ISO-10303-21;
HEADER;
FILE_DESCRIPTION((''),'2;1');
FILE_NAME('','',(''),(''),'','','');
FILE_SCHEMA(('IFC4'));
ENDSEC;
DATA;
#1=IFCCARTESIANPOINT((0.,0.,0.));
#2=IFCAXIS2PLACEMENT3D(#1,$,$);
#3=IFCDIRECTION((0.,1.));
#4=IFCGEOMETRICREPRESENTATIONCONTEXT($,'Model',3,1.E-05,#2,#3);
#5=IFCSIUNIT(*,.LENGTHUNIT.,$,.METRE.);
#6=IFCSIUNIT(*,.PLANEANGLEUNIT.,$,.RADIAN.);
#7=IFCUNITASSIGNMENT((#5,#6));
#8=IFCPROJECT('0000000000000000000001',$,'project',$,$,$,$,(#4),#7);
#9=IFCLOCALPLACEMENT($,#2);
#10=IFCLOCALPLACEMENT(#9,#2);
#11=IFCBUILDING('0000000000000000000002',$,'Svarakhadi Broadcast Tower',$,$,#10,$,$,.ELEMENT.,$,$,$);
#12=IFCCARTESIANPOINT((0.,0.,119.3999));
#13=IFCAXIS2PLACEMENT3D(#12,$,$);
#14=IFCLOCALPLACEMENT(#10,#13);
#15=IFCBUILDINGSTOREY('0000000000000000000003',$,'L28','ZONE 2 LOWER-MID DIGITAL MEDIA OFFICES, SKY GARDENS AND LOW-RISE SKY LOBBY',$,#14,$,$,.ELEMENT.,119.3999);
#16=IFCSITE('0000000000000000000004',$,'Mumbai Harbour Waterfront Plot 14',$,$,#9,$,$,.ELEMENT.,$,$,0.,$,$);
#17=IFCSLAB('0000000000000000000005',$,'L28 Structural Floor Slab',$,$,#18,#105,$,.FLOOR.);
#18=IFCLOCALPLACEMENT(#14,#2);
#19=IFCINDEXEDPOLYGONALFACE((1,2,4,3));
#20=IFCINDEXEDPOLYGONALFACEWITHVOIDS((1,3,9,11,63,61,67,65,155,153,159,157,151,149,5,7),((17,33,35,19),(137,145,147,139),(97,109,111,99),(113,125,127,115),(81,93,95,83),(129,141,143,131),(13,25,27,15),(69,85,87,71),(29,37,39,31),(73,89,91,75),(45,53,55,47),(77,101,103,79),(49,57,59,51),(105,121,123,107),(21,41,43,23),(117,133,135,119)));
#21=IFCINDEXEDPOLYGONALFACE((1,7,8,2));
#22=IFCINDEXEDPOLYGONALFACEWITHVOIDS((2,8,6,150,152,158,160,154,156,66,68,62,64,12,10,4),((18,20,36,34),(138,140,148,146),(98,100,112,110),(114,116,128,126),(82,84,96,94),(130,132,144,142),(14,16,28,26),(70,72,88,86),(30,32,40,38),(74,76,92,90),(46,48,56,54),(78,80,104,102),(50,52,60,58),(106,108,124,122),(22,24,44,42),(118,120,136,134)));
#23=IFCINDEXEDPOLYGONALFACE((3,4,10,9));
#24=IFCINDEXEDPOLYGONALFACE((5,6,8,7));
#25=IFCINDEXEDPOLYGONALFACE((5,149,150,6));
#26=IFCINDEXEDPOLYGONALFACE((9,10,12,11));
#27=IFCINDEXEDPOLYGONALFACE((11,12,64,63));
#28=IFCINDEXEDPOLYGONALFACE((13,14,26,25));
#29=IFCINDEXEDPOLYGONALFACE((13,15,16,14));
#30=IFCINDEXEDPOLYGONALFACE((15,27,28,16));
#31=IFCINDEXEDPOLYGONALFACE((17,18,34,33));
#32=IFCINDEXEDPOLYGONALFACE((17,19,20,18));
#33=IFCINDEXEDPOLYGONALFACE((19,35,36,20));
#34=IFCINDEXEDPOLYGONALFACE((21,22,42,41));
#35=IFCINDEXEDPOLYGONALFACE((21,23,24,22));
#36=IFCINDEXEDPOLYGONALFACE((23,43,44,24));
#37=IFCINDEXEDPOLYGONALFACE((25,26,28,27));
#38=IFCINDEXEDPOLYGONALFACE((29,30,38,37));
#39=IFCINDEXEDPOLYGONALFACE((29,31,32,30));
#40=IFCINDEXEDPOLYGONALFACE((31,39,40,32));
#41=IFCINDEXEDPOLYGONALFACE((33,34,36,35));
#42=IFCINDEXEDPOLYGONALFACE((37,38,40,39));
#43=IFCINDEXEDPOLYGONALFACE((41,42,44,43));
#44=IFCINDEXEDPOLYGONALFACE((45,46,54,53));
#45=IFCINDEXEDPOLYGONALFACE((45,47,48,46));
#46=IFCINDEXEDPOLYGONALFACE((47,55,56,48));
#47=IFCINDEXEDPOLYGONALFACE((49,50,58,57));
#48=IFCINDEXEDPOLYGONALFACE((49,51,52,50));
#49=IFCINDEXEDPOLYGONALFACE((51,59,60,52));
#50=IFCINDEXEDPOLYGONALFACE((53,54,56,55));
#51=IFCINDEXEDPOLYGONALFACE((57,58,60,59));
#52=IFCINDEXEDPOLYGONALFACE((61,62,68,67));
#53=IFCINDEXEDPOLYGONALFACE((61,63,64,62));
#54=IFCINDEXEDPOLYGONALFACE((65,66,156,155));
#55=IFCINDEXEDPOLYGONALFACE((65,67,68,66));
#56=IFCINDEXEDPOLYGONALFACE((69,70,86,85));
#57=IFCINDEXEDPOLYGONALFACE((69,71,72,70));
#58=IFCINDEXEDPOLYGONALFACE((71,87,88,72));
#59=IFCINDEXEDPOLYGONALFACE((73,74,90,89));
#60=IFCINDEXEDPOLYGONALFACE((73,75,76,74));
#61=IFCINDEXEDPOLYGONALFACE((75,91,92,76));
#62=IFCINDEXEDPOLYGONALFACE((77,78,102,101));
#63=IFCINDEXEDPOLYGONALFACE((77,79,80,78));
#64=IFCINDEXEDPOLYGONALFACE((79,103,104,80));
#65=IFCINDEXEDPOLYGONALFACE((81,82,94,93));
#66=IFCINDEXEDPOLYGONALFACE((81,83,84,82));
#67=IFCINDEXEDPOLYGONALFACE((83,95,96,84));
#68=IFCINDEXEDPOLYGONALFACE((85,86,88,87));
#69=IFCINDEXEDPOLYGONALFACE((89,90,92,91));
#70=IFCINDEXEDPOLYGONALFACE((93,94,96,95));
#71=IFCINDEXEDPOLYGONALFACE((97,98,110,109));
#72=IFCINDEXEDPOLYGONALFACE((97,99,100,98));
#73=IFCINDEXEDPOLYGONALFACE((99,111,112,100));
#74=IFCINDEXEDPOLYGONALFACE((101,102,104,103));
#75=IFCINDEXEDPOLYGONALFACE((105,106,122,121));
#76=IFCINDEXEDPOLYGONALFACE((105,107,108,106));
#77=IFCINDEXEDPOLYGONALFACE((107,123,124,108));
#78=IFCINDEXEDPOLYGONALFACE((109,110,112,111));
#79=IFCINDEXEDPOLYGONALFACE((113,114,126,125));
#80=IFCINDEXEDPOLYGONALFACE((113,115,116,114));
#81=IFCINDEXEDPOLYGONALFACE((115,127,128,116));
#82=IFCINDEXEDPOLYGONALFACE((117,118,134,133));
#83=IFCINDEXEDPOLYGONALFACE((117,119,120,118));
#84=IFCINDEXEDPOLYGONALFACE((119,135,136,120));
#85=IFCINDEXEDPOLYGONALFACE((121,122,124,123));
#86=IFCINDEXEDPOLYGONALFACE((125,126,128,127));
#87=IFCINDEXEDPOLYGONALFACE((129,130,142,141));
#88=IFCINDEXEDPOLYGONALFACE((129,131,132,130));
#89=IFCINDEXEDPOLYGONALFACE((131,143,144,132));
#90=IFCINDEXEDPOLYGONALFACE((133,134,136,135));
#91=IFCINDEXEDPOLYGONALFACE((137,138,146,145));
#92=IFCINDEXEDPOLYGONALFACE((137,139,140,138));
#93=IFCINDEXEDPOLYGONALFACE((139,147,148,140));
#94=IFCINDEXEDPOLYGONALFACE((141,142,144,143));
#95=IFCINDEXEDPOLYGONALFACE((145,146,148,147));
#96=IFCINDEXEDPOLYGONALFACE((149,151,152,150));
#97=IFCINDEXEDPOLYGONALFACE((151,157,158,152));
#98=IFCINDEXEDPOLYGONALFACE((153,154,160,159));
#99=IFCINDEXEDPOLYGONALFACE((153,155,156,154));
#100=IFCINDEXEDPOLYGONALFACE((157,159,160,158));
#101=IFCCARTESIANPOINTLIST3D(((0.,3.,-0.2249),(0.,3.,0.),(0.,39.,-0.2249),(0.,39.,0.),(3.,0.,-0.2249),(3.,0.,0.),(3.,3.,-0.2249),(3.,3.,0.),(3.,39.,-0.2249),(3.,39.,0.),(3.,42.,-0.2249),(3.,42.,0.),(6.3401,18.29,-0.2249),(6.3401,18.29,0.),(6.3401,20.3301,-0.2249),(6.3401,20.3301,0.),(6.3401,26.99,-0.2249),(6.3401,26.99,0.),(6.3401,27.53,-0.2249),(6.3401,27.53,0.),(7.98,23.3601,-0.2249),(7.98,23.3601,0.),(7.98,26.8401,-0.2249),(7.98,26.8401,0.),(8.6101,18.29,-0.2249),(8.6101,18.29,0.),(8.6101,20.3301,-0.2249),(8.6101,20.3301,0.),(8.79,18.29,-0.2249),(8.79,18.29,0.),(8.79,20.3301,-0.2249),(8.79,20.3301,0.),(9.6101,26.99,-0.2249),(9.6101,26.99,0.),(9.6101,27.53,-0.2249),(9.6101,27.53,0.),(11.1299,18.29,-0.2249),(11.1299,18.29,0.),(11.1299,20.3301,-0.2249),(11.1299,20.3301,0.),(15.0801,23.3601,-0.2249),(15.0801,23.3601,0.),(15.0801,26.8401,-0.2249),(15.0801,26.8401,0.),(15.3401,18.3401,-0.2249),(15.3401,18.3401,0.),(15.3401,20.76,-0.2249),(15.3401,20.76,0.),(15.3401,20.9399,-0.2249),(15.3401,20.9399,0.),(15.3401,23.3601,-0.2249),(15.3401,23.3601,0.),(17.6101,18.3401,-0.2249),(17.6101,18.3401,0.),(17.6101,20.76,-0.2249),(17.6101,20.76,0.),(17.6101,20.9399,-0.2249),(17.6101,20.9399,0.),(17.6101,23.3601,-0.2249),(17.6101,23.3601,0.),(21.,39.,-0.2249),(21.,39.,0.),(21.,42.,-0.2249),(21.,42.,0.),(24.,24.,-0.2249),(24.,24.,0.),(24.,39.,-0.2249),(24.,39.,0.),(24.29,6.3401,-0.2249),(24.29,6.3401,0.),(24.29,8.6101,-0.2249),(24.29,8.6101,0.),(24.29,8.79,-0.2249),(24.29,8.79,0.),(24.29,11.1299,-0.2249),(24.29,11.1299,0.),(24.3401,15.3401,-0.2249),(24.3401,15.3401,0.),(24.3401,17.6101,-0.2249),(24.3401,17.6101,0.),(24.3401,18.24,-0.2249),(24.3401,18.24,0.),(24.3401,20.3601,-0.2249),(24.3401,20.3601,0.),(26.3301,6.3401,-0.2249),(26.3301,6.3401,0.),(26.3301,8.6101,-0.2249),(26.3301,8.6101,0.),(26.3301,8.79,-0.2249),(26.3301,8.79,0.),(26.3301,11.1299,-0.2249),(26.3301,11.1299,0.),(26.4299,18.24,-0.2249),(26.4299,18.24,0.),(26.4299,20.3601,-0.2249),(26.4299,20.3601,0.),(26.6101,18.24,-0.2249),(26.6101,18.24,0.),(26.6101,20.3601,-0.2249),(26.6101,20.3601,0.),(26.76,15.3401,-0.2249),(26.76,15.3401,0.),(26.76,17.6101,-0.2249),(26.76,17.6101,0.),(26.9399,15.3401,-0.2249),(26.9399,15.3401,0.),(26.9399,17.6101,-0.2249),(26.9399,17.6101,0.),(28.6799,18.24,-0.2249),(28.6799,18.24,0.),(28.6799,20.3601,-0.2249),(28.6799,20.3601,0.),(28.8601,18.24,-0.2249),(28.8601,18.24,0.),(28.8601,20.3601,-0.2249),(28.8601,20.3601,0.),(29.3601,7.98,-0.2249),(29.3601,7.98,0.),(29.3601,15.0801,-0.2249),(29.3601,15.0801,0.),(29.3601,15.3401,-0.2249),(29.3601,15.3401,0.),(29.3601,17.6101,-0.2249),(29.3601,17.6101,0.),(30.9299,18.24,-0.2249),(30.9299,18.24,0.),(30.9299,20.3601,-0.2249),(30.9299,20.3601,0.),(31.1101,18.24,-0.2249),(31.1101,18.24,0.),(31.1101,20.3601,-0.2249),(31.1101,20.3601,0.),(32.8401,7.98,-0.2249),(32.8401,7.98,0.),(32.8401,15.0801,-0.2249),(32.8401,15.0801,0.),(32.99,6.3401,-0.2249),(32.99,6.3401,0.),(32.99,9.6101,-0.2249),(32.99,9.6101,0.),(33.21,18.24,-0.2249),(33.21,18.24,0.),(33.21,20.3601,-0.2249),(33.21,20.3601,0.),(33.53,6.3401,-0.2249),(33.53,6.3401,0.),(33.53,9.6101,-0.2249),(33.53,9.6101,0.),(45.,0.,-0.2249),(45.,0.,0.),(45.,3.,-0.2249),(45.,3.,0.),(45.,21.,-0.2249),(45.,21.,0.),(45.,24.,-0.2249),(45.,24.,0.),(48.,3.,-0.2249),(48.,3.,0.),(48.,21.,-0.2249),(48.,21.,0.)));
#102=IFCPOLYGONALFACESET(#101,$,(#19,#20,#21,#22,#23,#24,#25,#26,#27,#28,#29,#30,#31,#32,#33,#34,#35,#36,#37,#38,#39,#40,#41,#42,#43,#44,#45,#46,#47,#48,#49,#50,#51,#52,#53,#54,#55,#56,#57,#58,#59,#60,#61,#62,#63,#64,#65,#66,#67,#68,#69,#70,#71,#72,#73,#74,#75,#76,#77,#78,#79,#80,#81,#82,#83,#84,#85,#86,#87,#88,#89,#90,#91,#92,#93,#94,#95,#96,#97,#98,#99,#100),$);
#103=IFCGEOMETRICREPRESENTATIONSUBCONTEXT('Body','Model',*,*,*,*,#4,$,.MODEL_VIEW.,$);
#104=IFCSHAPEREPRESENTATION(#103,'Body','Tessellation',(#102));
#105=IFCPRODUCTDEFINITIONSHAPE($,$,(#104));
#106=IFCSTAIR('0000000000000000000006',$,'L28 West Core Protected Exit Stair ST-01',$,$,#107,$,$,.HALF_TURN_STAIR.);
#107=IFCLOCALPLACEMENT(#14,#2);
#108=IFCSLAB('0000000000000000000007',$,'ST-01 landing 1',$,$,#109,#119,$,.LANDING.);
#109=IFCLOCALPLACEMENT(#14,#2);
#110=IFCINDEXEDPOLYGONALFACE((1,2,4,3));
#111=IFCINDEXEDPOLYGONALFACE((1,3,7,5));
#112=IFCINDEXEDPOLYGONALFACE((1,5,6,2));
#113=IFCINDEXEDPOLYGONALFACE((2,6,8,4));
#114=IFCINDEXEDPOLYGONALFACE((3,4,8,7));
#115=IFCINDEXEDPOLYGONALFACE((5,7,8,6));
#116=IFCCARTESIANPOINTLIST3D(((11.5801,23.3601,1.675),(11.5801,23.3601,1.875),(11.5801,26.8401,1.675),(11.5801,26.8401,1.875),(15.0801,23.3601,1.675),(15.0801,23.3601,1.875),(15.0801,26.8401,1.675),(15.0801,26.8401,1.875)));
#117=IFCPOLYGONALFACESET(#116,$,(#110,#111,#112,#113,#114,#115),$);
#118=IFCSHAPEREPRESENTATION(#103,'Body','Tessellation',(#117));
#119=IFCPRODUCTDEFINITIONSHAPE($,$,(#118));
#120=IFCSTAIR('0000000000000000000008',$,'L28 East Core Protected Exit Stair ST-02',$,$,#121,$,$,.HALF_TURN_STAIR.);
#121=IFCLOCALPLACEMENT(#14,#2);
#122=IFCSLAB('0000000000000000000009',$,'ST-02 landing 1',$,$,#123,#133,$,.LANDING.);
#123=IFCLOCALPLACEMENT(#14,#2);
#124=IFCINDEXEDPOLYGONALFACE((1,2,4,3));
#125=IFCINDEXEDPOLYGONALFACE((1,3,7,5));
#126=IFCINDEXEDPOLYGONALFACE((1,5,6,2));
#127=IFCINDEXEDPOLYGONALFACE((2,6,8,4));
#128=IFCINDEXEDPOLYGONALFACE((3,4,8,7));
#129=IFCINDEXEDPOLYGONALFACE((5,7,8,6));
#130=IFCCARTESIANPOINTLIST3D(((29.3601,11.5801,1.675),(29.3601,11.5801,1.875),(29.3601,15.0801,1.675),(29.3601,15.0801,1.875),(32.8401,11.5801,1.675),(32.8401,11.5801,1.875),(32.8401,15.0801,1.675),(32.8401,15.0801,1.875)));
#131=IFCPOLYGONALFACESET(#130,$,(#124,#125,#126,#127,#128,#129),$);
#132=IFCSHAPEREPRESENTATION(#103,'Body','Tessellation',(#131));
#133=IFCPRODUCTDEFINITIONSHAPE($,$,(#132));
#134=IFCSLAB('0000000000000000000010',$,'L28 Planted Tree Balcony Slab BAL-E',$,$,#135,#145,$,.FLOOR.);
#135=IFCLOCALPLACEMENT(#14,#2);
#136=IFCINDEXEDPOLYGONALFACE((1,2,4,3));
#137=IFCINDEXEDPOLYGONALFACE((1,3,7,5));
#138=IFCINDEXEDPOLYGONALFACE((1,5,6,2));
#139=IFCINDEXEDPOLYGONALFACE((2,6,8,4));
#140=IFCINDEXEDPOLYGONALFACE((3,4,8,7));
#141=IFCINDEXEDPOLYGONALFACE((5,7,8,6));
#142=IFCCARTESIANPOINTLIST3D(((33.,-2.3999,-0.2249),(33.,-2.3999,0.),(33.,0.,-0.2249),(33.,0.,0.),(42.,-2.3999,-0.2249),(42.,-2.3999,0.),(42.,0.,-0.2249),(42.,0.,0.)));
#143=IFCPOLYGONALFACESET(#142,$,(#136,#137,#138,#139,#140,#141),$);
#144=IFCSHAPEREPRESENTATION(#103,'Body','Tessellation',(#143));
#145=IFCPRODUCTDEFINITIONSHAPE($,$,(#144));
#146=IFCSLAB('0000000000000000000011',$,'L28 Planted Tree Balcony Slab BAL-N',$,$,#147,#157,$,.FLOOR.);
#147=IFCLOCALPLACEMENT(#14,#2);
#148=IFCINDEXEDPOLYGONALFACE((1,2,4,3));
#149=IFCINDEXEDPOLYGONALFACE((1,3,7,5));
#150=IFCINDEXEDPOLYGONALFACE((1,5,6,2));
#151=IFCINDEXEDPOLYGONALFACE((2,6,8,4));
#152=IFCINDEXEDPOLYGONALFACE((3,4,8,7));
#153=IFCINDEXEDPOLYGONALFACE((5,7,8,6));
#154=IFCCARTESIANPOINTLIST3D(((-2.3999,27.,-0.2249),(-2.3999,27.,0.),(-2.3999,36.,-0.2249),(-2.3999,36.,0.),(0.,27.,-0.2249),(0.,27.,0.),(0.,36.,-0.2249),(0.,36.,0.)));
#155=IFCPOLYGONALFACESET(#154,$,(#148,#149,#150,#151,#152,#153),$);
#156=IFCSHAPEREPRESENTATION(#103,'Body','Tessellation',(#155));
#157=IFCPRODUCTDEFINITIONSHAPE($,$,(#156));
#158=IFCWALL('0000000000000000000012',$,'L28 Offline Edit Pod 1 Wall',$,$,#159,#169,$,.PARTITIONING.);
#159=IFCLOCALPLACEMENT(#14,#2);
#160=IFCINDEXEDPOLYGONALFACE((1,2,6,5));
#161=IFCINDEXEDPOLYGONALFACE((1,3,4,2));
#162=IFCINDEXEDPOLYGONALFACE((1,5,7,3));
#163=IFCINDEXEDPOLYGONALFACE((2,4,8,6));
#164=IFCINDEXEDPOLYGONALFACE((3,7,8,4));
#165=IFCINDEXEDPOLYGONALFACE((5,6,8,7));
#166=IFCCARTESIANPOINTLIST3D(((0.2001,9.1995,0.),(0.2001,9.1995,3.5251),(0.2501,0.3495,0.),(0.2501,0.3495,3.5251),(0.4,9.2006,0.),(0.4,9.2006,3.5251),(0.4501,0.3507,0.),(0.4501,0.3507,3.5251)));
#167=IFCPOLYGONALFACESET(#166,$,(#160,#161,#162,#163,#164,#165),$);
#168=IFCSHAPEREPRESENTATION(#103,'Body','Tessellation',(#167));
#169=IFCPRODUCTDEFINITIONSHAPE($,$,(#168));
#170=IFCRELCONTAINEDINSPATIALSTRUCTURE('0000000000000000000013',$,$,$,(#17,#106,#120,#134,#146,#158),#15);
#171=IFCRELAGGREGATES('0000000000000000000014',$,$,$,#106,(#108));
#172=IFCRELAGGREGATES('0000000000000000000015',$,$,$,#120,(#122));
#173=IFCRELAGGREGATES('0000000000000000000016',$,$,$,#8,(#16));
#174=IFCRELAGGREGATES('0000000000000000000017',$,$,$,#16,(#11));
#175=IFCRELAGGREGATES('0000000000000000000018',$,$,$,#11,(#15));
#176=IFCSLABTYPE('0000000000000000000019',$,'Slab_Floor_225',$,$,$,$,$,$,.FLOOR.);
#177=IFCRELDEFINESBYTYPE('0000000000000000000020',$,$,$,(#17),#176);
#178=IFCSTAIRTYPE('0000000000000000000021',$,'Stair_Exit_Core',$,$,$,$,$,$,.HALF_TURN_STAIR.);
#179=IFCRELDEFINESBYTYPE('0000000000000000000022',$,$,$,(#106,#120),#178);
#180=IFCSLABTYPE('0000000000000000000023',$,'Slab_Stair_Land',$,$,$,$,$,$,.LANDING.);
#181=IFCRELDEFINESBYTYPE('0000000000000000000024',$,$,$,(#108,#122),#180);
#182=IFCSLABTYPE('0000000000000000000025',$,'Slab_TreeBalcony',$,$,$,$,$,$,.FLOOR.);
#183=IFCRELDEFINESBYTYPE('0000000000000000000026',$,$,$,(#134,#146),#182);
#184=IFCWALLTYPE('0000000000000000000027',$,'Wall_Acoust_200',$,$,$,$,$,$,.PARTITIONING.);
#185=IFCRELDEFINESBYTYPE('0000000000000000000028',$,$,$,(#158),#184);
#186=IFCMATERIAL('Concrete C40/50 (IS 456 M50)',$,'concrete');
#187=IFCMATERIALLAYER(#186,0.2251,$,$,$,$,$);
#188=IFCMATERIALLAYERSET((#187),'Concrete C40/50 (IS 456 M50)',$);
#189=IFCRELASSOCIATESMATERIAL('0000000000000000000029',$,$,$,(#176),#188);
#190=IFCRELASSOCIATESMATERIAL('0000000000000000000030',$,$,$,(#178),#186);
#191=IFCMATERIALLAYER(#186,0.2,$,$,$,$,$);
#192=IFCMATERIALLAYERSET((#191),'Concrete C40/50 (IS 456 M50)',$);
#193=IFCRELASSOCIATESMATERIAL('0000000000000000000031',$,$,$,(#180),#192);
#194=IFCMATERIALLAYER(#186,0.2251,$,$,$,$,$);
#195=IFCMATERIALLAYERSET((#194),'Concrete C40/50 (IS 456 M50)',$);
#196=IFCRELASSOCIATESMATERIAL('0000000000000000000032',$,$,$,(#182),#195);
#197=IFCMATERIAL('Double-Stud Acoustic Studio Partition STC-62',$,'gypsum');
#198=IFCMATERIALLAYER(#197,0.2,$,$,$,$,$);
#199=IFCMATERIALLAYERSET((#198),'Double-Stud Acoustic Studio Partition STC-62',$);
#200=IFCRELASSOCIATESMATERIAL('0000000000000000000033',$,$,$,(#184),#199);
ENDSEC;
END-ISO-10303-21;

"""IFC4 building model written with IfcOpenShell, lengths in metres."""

from ifc_helpers import new_model, si_unit, direction, frame, frame_2d, origin, place, context, subcontext, project, spatial, polyline, rectangle, outline, extrude, material, layer, layer_set, type_object, element, aggregate, save


model = new_model("IFC4")

# Units and contexts
model_context = context("Model", 3, precision=1e-05, world=origin(), true_north=direction((0.0, 1.0)))
body_context = subcontext(model_context, "Body", "Model", "MODEL_VIEW")
ifc_project = project(units=[si_unit("LENGTHUNIT", "METRE"), si_unit("PLANEANGLEUNIT", "RADIAN")], contexts=[model_context])

# Site, building, storey
site_placement = place(None, origin())
site = spatial("IfcSite", under=ifc_project, at=site_placement, Name="Mumbai Harbour Waterfront Plot 14", CompositionType="ELEMENT", RefElevation=0.0)
building_placement = place(site_placement, origin())
building = spatial("IfcBuilding", under=site, at=building_placement, Name="Svarakhadi Broadcast Tower", CompositionType="ELEMENT")
storey_placement = place(building_placement, frame((0.0, 0.0, 119.3999)))
storey = spatial("IfcBuildingStorey", under=building, at=storey_placement, Name="L28", Description="ZONE 2 LOWER-MID DIGITAL MEDIA OFFICES, SKY GARDENS AND LOW-RISE SKY LOBBY", CompositionType="ELEMENT", Elevation=119.3999)

# Slab
ifc_material_1 = material(Name="Concrete C40/50 (IS 456 M50)", Category="concrete")
ifc_layer_1 = layer(ifc_material_1, 0.2251)
ifc_layer_set_1 = layer_set([ifc_layer_1], Name="Concrete C40/50 (IS 456 M50)")
slab_type_1 = type_object("IfcSlabType", Name="Slab_Floor_225", PredefinedType="FLOOR", material=ifc_layer_set_1)
slab_1_placement = place(storey_placement, frame((0.0, 0.0, -0.2249)))
element("IfcSlab", 1, at=slab_1_placement, inside=storey, type_object=slab_type_1, Name="L28 Structural Floor Slab", PredefinedType="FLOOR", context=body_context, shape_type="SweptSolid", body=[
    extrude(outline(polyline([(3.0, 0.0), (45.0, 0.0), (45.0, 3.0), (48.0, 3.0), (48.0, 21.0), (45.0, 21.0), (45.0, 24.0), (24.0, 24.0), (24.0, 39.0), (21.0, 39.0), (21.0, 42.0), (3.0, 42.0), (3.0, 39.0), (0.0, 39.0), (0.0, 3.0), (3.0, 3.0), (3.0, 0.0)]), holes=[polyline([(7.98, 23.3601), (15.0801, 23.3601), (15.0801, 26.8401), (7.98, 26.8401), (7.98, 23.3601)]), polyline([(32.8401, 7.98), (32.8401, 15.0801), (29.3601, 15.0801), (29.3601, 7.98), (32.8401, 7.98)]), polyline([(6.3401, 18.29), (8.6101, 18.29), (8.6101, 20.3301), (6.3401, 20.3301), (6.3401, 18.29)]), polyline([(8.79, 18.29), (11.1299, 18.29), (11.1299, 20.3301), (8.79, 20.3301), (8.79, 18.29)]), polyline([(24.29, 6.3401), (26.3301, 6.3401), (26.3301, 8.6101), (24.29, 8.6101), (24.29, 6.3401)]), polyline([(24.29, 8.79), (26.3301, 8.79), (26.3301, 11.1299), (24.29, 11.1299), (24.29, 8.79)]), polyline([(6.3401, 26.99), (9.6101, 26.99), (9.6101, 27.53), (6.3401, 27.53), (6.3401, 26.99)]), polyline([(32.99, 6.3401), (33.53, 6.3401), (33.53, 9.6101), (32.99, 9.6101), (32.99, 6.3401)]), polyline([(15.3401, 18.3401), (17.6101, 18.3401), (17.6101, 20.76), (15.3401, 20.76), (15.3401, 18.3401)]), polyline([(15.3401, 20.9399), (17.6101, 20.9399), (17.6101, 23.3601), (15.3401, 23.3601), (15.3401, 20.9399)]), polyline([(24.3401, 15.3401), (26.76, 15.3401), (26.76, 17.6101), (24.3401, 17.6101), (24.3401, 15.3401)]), polyline([(26.9399, 15.3401), (29.3601, 15.3401), (29.3601, 17.6101), (26.9399, 17.6101), (26.9399, 15.3401)]), polyline([(24.3401, 18.24), (26.4299, 18.24), (26.4299, 20.3601), (24.3401, 20.3601), (24.3401, 18.24)]), polyline([(26.6101, 18.24), (28.6799, 18.24), (28.6799, 20.3601), (26.6101, 20.3601), (26.6101, 18.24)]), polyline([(28.8601, 18.24), (30.9299, 18.24), (30.9299, 20.3601), (28.8601, 20.3601), (28.8601, 18.24)]), polyline([(31.1101, 18.24), (33.21, 18.24), (33.21, 20.3601), (31.1101, 20.3601), (31.1101, 18.24)])]), origin(), (0.0, 0.0, 1.0), 0.2249),
])

# Stairs, slabs
stair_type = type_object("IfcStairType", Name="Stair_Exit_Core", PredefinedType="HALF_TURN_STAIR", material=ifc_material_1)
stair_1_placement = place(storey_placement, origin())
stair_1 = element("IfcStair", 2, at=stair_1_placement, inside=storey, type_object=stair_type, Name="L28 West Core Protected Exit Stair ST-01", PredefinedType="HALF_TURN_STAIR")
ifc_layer_2 = layer(ifc_material_1, 0.2)
ifc_layer_set_2 = layer_set([ifc_layer_2], Name="Concrete C40/50 (IS 456 M50)")
slab_type_2 = type_object("IfcSlabType", Name="Slab_Stair_Land", PredefinedType="LANDING", material=ifc_layer_set_2)
slab_2_placement = place(storey_placement, frame((0.0, 0.0, 1.675)))
slab_2 = element("IfcSlab", 3, at=slab_2_placement, type_object=slab_type_2, Name="ST-01 landing 1", PredefinedType="LANDING", context=body_context, shape_type="SweptSolid", body=[
    extrude(outline(polyline([(11.5801, 23.3601), (15.0801, 23.3601), (15.0801, 26.8401), (11.5801, 26.8401), (11.5801, 23.3601)])), origin(), (0.0, 0.0, 1.0), 0.2),
])
aggregate(stair_1, [slab_2])
stair_2_placement = place(storey_placement, origin())
stair_2 = element("IfcStair", 4, at=stair_2_placement, inside=storey, type_object=stair_type, Name="L28 East Core Protected Exit Stair ST-02", PredefinedType="HALF_TURN_STAIR")
slab_3_placement = place(storey_placement, frame((0.0, 0.0, 1.675)))
slab_3 = element("IfcSlab", 5, at=slab_3_placement, type_object=slab_type_2, Name="ST-02 landing 1", PredefinedType="LANDING", context=body_context, shape_type="SweptSolid", body=[
    extrude(outline(polyline([(32.8401, 11.5801), (32.8401, 15.0801), (29.3601, 15.0801), (29.3601, 11.5801), (32.8401, 11.5801)])), origin(), (0.0, 0.0, 1.0), 0.2),
])
aggregate(stair_2, [slab_3])

# Slabs
ifc_layer_3 = layer(ifc_material_1, 0.2251)
ifc_layer_set_3 = layer_set([ifc_layer_3], Name="Concrete C40/50 (IS 456 M50)")
slab_type_3 = type_object("IfcSlabType", Name="Slab_TreeBalcony", PredefinedType="FLOOR", material=ifc_layer_set_3)
slab_4_placement = place(storey_placement, frame((0.0, 0.0, -0.2249)))
element("IfcSlab", 6, at=slab_4_placement, inside=storey, type_object=slab_type_3, Name="L28 Planted Tree Balcony Slab BAL-E", PredefinedType="FLOOR", context=body_context, shape_type="SweptSolid", body=[
    extrude(outline(polyline([(33.0, -2.3999), (42.0, -2.3999), (42.0, 0.0), (33.0, 0.0), (33.0, -2.3999)])), origin(), (0.0, 0.0, 1.0), 0.2249),
])
slab_5_placement = place(storey_placement, frame((0.0, 0.0, -0.2249)))
element("IfcSlab", 7, at=slab_5_placement, inside=storey, type_object=slab_type_3, Name="L28 Planted Tree Balcony Slab BAL-N", PredefinedType="FLOOR", context=body_context, shape_type="SweptSolid", body=[
    extrude(outline(polyline([(-2.3999, 27.0), (0.0, 27.0), (0.0, 36.0), (-2.3999, 36.0), (-2.3999, 27.0)])), origin(), (0.0, 0.0, 1.0), 0.2249),
])

# Wall
ifc_material_2 = material(Name="Double-Stud Acoustic Studio Partition STC-62", Category="gypsum")
ifc_layer_4 = layer(ifc_material_2, 0.2)
ifc_layer_set_4 = layer_set([ifc_layer_4], Name="Double-Stud Acoustic Studio Partition STC-62")
wall_type = type_object("IfcWallType", Name="Wall_Acoust_200", PredefinedType="PARTITIONING", material=ifc_layer_set_4)
wall_placement = place(storey_placement, frame((0.3501, 0.3501, 0.0), z_axis=(0.0, 0.0, 1.0), x_axis=(-0.005655, 0.999984, 0.0)))
element("IfcWall", 8, at=wall_placement, inside=storey, type_object=wall_type, Name="L28 Offline Edit Pod 1 Wall", PredefinedType="PARTITIONING", context=body_context, shape_type="SweptSolid", body=[
    extrude(rectangle(XDim=8.8501, YDim=0.2, at=frame_2d((4.425, 0.0))), origin(), (0.0, 0.0, 1.0), 3.5251),
])

save(model, "model.ifc")
